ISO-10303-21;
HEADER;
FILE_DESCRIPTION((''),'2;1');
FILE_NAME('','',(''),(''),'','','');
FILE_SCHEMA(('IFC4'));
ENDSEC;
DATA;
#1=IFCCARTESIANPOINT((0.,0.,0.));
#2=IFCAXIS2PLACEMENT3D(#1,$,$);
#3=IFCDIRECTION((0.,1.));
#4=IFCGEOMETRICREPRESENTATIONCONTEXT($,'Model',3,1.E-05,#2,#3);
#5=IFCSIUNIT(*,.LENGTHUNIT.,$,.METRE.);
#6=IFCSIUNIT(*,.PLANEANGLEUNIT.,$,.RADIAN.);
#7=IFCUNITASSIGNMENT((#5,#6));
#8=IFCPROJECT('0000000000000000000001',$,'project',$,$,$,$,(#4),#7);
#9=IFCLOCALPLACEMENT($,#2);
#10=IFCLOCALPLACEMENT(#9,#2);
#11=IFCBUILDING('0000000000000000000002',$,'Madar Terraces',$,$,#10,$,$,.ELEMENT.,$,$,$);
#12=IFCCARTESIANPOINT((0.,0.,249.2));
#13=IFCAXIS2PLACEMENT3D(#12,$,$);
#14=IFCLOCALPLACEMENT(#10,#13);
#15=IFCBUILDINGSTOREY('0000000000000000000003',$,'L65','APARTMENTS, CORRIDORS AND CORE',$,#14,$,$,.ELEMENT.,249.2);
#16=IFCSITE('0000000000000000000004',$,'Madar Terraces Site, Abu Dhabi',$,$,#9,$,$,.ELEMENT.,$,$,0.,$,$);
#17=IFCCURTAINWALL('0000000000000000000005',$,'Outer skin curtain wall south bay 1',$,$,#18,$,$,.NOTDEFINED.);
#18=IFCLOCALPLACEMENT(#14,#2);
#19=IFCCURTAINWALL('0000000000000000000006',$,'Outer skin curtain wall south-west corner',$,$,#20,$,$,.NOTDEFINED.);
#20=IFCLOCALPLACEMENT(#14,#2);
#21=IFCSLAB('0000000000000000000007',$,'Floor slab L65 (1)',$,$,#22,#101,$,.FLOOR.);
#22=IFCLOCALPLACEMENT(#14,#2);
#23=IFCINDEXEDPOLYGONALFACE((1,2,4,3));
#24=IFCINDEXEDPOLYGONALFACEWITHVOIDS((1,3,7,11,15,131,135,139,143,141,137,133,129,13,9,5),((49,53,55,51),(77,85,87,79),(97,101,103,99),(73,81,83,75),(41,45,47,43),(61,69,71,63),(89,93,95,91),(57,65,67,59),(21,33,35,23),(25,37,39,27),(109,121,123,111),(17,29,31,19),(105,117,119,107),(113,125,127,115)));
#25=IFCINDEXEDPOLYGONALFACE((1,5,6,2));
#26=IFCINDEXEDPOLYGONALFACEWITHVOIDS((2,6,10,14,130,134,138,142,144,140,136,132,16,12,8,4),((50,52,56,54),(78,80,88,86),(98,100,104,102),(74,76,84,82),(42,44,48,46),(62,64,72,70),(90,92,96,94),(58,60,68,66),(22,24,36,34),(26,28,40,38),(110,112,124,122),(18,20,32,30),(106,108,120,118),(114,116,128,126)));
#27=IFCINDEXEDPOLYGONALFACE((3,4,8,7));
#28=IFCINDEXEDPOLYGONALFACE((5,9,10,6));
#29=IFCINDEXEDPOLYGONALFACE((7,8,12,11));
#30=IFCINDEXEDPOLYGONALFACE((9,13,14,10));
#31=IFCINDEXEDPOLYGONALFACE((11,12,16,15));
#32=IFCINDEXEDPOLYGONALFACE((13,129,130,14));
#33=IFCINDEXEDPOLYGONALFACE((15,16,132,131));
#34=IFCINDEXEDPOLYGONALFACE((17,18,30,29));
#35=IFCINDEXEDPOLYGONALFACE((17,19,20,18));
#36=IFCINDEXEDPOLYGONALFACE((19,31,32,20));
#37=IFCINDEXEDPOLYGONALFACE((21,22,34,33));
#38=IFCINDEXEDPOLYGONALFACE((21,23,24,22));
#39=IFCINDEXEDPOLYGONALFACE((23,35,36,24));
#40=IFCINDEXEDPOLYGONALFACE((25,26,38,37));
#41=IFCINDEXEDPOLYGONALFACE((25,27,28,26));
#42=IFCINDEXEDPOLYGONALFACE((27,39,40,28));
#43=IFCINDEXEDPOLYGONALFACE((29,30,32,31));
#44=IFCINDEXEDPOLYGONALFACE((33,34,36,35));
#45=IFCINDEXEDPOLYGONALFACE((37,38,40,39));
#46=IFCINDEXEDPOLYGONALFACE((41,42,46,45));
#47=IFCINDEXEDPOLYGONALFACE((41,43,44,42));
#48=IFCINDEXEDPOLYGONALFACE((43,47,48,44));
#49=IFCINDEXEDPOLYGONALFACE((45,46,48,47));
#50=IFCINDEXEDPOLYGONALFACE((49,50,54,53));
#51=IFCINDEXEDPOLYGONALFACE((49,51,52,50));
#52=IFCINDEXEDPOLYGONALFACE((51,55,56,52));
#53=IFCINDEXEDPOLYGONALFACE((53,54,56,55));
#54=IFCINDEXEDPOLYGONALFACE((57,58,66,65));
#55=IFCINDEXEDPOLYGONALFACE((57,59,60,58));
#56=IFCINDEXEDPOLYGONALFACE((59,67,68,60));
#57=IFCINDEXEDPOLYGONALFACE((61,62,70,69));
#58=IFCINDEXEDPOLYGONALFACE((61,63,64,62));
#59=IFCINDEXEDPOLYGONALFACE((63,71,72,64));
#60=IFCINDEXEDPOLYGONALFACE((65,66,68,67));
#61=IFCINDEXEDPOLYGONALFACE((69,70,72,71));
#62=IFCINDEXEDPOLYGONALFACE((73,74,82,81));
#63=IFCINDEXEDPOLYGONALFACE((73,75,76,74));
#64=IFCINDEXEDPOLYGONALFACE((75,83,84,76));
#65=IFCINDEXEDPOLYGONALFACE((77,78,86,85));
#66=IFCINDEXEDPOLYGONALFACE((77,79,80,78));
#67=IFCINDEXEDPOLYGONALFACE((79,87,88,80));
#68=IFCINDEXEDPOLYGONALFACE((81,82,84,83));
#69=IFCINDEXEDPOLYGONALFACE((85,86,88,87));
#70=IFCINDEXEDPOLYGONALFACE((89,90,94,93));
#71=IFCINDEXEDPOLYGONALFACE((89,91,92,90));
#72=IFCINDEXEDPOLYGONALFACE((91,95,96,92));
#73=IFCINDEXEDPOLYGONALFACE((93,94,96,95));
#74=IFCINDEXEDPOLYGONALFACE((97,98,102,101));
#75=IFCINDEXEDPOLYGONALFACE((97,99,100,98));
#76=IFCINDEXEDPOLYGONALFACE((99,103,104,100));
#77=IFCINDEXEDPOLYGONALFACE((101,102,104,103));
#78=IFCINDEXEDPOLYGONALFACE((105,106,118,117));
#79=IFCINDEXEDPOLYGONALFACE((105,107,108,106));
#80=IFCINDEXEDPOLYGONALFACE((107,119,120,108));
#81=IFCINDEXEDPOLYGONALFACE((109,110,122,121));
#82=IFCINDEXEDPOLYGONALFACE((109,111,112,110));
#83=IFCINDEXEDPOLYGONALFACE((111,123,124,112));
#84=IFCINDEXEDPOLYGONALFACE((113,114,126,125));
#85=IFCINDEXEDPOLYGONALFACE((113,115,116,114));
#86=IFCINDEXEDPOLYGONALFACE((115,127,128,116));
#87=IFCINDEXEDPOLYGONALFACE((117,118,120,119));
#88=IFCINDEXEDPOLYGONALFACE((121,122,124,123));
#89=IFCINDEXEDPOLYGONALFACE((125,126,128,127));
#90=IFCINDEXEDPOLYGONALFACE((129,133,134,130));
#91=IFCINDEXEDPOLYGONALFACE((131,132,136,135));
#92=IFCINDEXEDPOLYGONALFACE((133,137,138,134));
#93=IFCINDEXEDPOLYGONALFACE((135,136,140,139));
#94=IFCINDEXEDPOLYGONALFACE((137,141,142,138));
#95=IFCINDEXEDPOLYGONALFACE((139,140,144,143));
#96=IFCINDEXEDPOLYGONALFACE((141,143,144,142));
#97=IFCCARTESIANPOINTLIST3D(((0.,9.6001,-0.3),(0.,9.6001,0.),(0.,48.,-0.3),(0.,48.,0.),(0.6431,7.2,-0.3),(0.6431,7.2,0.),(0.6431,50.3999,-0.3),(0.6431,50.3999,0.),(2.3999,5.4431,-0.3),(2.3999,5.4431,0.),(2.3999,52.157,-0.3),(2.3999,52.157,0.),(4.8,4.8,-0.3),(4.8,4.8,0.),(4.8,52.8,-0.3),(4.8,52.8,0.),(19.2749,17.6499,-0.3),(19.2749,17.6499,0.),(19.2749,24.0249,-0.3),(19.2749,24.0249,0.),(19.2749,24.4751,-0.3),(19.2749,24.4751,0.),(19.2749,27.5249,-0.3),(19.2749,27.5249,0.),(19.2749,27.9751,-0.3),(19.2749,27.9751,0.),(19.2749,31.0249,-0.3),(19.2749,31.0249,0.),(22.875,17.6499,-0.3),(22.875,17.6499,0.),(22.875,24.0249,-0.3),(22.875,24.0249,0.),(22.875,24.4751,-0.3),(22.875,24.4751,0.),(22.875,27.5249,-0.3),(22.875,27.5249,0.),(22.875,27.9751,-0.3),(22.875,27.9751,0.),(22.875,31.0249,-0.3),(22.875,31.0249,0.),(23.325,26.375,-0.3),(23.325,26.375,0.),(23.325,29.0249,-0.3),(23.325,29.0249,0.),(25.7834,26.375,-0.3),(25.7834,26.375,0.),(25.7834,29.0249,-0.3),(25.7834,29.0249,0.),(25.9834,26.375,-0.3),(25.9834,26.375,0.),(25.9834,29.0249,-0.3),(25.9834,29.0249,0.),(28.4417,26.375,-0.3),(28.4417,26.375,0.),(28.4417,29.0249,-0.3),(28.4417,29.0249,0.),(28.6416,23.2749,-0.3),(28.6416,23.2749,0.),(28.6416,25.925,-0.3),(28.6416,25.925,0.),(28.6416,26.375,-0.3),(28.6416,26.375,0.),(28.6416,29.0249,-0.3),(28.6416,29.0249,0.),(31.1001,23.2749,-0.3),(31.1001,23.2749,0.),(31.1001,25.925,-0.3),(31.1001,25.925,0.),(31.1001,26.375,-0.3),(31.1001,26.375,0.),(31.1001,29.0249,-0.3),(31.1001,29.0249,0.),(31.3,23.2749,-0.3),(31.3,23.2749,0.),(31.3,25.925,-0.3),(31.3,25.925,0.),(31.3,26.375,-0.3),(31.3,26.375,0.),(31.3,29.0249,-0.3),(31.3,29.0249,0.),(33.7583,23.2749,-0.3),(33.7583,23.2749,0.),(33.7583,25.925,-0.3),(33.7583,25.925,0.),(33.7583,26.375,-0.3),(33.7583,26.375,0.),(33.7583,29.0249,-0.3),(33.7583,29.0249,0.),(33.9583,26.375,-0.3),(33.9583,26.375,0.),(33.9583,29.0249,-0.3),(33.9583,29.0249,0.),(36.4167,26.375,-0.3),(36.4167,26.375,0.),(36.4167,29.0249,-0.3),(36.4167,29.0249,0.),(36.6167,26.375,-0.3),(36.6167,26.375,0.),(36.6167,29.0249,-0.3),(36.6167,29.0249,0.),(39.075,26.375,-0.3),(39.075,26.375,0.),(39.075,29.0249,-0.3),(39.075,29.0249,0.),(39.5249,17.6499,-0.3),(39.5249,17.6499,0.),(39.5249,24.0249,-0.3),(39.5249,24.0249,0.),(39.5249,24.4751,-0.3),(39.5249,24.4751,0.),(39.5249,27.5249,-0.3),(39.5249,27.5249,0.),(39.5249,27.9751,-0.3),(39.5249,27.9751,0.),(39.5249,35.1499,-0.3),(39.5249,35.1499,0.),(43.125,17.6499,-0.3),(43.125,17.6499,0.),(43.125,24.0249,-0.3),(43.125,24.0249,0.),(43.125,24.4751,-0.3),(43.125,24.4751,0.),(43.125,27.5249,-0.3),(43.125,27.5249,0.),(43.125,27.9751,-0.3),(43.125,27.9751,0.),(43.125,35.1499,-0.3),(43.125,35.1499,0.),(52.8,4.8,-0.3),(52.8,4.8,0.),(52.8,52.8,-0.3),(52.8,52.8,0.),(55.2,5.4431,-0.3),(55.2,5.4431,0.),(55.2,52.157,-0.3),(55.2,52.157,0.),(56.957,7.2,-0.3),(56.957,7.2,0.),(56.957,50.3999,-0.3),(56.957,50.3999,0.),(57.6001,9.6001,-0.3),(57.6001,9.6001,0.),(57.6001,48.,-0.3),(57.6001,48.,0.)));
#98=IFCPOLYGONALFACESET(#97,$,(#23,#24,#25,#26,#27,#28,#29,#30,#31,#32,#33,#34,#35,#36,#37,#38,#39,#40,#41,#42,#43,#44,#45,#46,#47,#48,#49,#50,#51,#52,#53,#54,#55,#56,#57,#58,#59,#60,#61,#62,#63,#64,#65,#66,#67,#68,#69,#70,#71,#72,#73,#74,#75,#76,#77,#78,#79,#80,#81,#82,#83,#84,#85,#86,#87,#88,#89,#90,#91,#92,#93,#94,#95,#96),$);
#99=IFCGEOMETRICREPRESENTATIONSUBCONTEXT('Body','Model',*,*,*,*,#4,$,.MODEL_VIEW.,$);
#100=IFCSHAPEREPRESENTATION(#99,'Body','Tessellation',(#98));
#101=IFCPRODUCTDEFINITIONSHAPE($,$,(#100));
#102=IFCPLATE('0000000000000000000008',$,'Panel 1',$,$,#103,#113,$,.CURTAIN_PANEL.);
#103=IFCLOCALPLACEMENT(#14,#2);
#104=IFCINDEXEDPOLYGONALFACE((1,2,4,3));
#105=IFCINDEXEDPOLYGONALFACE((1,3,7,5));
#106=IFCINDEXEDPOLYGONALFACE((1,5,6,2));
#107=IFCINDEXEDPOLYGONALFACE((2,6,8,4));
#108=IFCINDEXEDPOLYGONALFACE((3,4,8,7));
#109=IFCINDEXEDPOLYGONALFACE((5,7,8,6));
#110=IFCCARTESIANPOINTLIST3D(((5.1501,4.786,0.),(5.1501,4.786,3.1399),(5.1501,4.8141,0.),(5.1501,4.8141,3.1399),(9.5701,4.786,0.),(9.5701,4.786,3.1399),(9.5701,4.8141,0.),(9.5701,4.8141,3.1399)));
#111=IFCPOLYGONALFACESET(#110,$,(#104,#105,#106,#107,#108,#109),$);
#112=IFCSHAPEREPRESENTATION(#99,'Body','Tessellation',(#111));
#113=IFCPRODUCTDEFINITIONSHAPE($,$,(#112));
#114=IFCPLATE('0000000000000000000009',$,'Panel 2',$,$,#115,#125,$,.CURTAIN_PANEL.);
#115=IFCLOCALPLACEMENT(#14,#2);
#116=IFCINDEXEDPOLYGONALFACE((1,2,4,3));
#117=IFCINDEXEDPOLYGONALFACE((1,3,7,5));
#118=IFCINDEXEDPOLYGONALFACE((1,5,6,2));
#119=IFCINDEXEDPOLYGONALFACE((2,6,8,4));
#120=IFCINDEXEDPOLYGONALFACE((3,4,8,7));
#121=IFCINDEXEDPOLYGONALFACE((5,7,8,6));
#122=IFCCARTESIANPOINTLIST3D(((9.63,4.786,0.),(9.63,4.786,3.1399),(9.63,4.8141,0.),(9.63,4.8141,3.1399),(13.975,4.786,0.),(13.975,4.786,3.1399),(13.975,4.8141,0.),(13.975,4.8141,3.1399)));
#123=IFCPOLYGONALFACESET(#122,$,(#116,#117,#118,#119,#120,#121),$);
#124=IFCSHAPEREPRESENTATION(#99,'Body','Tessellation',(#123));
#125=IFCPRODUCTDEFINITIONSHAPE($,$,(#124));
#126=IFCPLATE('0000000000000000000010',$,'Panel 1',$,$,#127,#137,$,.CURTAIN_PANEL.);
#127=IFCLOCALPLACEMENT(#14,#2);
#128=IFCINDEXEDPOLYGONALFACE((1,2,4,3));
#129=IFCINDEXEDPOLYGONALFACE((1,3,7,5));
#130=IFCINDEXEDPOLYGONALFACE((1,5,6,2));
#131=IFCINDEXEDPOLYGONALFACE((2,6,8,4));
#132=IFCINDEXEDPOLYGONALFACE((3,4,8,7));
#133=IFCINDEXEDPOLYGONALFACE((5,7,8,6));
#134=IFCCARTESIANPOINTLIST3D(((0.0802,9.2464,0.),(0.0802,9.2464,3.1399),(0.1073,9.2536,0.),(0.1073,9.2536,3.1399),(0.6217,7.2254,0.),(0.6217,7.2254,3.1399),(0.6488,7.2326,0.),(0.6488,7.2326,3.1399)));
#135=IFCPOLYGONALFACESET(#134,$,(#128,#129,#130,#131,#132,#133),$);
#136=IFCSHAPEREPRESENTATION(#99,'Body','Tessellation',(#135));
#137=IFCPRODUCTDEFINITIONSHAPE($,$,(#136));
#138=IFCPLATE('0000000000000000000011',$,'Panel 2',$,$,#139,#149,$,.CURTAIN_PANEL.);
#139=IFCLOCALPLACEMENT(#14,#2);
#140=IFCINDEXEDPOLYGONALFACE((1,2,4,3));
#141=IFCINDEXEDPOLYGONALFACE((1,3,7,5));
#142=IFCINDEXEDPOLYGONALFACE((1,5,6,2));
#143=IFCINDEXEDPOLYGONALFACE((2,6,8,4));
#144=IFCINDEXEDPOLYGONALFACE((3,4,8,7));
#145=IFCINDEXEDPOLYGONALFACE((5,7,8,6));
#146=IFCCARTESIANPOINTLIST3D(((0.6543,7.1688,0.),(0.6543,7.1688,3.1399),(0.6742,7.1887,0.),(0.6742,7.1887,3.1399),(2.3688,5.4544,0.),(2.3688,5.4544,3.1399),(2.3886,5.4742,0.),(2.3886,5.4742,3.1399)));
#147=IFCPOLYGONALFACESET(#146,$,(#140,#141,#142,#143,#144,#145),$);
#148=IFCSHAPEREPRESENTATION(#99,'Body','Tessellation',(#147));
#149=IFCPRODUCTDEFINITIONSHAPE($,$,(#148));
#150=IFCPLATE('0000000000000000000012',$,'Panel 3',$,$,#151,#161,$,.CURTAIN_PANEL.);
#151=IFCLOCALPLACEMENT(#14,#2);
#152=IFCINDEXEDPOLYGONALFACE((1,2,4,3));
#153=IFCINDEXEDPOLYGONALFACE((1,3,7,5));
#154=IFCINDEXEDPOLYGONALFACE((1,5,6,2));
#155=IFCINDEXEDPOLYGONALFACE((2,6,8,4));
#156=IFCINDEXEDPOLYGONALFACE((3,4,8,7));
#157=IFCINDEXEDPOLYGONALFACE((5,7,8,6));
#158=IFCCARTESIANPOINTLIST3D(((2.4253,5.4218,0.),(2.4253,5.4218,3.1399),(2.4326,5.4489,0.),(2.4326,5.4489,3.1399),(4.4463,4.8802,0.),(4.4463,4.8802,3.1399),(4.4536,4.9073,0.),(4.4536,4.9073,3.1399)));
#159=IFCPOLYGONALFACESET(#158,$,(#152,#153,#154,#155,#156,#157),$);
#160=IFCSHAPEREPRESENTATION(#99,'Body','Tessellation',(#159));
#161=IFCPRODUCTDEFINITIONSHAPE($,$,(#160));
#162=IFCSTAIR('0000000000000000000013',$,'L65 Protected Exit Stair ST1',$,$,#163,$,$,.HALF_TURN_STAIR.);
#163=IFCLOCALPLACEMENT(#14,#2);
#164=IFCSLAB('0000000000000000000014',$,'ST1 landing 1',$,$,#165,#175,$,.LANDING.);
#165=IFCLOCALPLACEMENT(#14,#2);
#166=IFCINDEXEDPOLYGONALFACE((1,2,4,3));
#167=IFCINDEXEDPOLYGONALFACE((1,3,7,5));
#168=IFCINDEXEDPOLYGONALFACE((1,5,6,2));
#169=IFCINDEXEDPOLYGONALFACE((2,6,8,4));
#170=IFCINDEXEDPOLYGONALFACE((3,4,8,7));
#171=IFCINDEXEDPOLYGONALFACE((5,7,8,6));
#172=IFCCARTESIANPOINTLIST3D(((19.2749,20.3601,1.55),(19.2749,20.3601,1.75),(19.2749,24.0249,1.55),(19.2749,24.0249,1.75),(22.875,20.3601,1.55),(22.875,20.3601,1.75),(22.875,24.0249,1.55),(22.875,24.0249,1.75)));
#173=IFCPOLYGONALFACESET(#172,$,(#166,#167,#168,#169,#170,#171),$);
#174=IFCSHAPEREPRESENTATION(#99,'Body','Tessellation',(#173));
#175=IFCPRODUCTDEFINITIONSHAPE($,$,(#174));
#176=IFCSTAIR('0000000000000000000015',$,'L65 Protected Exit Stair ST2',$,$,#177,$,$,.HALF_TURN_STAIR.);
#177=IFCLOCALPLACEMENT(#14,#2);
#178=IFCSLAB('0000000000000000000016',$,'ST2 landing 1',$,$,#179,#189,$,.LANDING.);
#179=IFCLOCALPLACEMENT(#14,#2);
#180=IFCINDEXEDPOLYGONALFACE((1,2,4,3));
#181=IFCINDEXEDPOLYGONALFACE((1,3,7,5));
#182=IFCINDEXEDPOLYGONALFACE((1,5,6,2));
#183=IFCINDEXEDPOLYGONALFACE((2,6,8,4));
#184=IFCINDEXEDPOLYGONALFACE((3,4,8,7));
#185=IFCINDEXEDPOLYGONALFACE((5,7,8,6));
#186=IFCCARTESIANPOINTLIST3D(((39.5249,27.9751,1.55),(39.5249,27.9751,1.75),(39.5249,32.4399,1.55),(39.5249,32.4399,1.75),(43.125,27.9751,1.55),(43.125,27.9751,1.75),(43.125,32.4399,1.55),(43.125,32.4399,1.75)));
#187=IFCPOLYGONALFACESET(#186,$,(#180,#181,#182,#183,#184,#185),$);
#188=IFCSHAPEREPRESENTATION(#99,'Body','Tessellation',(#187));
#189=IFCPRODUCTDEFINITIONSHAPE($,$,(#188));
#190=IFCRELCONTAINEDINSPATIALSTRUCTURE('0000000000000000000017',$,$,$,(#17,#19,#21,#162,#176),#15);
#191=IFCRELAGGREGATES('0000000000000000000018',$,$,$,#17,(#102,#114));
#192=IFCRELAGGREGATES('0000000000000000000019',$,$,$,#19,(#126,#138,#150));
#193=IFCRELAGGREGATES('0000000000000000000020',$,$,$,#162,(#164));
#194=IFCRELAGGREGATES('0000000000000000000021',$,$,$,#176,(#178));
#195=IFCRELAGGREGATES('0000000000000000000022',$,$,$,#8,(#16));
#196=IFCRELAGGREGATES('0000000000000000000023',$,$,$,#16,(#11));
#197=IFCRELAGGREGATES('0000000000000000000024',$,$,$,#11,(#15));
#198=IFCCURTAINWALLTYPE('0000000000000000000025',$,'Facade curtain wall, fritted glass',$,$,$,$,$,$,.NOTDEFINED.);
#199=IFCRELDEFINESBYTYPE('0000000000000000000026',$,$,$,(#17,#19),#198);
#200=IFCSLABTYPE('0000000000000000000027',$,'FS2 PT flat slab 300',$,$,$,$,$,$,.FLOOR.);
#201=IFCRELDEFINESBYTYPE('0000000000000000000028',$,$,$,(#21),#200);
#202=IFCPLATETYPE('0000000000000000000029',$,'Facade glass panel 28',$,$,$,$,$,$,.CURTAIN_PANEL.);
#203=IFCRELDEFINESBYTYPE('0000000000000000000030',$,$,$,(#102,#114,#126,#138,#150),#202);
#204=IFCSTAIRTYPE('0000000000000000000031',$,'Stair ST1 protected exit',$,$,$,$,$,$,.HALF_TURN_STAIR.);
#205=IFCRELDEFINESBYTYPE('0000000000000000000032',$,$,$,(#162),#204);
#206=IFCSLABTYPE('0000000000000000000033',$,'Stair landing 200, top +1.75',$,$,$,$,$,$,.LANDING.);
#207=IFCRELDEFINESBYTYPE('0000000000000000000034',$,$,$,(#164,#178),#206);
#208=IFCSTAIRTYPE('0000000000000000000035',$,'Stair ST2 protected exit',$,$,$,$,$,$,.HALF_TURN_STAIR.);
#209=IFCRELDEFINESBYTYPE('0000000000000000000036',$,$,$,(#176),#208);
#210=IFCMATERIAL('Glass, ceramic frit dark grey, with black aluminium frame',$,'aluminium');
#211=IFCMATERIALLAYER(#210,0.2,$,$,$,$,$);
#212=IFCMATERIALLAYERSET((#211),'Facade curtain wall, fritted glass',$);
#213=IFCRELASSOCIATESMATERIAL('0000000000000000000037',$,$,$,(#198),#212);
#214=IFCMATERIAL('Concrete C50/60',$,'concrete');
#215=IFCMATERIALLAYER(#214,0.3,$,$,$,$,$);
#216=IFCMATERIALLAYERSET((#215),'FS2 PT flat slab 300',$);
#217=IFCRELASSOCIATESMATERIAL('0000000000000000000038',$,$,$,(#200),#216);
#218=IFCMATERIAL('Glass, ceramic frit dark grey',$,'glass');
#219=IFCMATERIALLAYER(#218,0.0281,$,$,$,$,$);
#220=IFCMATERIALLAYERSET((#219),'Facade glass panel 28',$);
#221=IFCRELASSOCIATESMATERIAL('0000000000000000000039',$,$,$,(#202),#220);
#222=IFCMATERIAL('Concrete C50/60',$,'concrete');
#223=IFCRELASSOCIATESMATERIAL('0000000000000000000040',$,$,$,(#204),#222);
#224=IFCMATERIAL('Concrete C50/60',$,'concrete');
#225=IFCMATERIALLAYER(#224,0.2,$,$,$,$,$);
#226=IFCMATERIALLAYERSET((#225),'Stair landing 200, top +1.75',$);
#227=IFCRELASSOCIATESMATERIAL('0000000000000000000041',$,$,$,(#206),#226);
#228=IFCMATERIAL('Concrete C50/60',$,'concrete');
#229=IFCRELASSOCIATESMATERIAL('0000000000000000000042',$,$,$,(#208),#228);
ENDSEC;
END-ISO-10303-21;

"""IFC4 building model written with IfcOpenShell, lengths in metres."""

from ifc_helpers import new_model, si_unit, direction, frame, origin, origin_2d, place, context, subcontext, project, spatial, polyline, rectangle, outline, extrude, material, layer, layer_set, type_object, element, aggregate, save


model = new_model("IFC4")

# Units and contexts
model_context = context("Model", 3, precision=1e-05, world=origin(), true_north=direction((0.0, 1.0)))
body_context = subcontext(model_context, "Body", "Model", "MODEL_VIEW")
ifc_project = project(units=[si_unit("LENGTHUNIT", "METRE"), si_unit("PLANEANGLEUNIT", "RADIAN")], contexts=[model_context])

# Site, building, storey
site_placement = place(None, origin())
site = spatial("IfcSite", under=ifc_project, at=site_placement, Name="Madar Terraces Site, Abu Dhabi", CompositionType="ELEMENT", RefElevation=0.0)
building_placement = place(site_placement, origin())
building = spatial("IfcBuilding", under=site, at=building_placement, Name="Madar Terraces", CompositionType="ELEMENT")
storey_placement = place(building_placement, frame((0.0, 0.0, 249.2)))
storey = spatial("IfcBuildingStorey", under=building, at=storey_placement, Name="L65", Description="APARTMENTS, CORRIDORS AND CORE", CompositionType="ELEMENT", Elevation=249.2)

# Curtain wall
ifc_material_1 = material(Name="Glass, ceramic frit dark grey, with black aluminium frame", Category="aluminium")
ifc_layer_1 = layer(ifc_material_1, 0.2)
ifc_layer_set_1 = layer_set([ifc_layer_1], Name="Facade curtain wall, fritted glass")
curtain_wall_type = type_object("IfcCurtainWallType", Name="Facade curtain wall, fritted glass", PredefinedType="NOTDEFINED", material=ifc_layer_set_1)
curtain_wall_1_placement = place(storey_placement, origin())
curtain_wall_1 = element("IfcCurtainWall", 1, at=curtain_wall_1_placement, inside=storey, type_object=curtain_wall_type, Name="Outer skin curtain wall south bay 1", PredefinedType="NOTDEFINED")

# Curtain wall
curtain_wall_2_placement = place(storey_placement, origin())
curtain_wall_2 = element("IfcCurtainWall", 2, at=curtain_wall_2_placement, inside=storey, type_object=curtain_wall_type, Name="Outer skin curtain wall south-west corner", PredefinedType="NOTDEFINED")

# Slab
ifc_material_2 = material(Name="Concrete C50/60", Category="concrete")
ifc_layer_2 = layer(ifc_material_2, 0.3)
ifc_layer_set_2 = layer_set([ifc_layer_2], Name="FS2 PT flat slab 300")
slab_type_1 = type_object("IfcSlabType", Name="FS2 PT flat slab 300", PredefinedType="FLOOR", material=ifc_layer_set_2)
slab_1_placement = place(storey_placement, frame((0.0, 0.0, -0.3)))
element("IfcSlab", 3, at=slab_1_placement, inside=storey, type_object=slab_type_1, Name="Floor slab L65 (1)", PredefinedType="FLOOR", context=body_context, shape_type="SweptSolid", body=[
    extrude(outline(polyline([(52.8, 4.8), (55.2, 5.4431), (56.957, 7.2), (57.6001, 9.6001), (57.6001, 48.0), (56.957, 50.3999), (55.2, 52.157), (52.8, 52.8), (4.8, 52.8), (2.3999, 52.157), (0.6431, 50.3999), (0.0, 48.0), (0.0, 9.6001), (0.6431, 7.2), (2.3999, 5.4431), (4.8, 4.8), (52.8, 4.8)]), holes=[polyline([(22.875, 17.6499), (19.2749, 17.6499), (19.2749, 24.0249), (22.875, 24.0249), (22.875, 17.6499)]), polyline([(28.6416, 23.2749), (28.6416, 25.925), (31.1001, 25.925), (31.1001, 23.2749), (28.6416, 23.2749)]), polyline([(19.2749, 24.4751), (19.2749, 27.5249), (22.875, 27.5249), (22.875, 24.4751), (19.2749, 24.4751)]), polyline([(23.325, 26.375), (23.325, 29.0249), (25.7834, 29.0249), (25.7834, 26.375), (23.325, 26.375)]), polyline([(25.9834, 26.375), (25.9834, 29.0249), (28.4417, 29.0249), (28.4417, 26.375), (25.9834, 26.375)]), polyline([(28.6416, 26.375), (28.6416, 29.0249), (31.1001, 29.0249), (31.1001, 26.375), (28.6416, 26.375)]), polyline([(19.2749, 27.9751), (19.2749, 31.0249), (22.875, 31.0249), (22.875, 27.9751), (19.2749, 27.9751)]), polyline([(43.125, 17.6499), (39.5249, 17.6499), (39.5249, 24.0249), (43.125, 24.0249), (43.125, 17.6499)]), polyline([(31.3, 23.2749), (31.3, 25.925), (33.7583, 25.925), (33.7583, 23.2749), (31.3, 23.2749)]), polyline([(39.5249, 24.4751), (39.5249, 27.5249), (43.125, 27.5249), (43.125, 24.4751), (39.5249, 24.4751)]), polyline([(31.3, 26.375), (31.3, 29.0249), (33.7583, 29.0249), (33.7583, 26.375), (31.3, 26.375)]), polyline([(33.9583, 26.375), (33.9583, 29.0249), (36.4167, 29.0249), (36.4167, 26.375), (33.9583, 26.375)]), polyline([(36.6167, 26.375), (36.6167, 29.0249), (39.075, 29.0249), (39.075, 26.375), (36.6167, 26.375)]), polyline([(39.5249, 27.9751), (39.5249, 35.1499), (43.125, 35.1499), (43.125, 27.9751), (39.5249, 27.9751)])]), origin(), (0.0, 0.0, 1.0), 0.3),
])

# Plates
ifc_material_3 = material(Name="Glass, ceramic frit dark grey", Category="glass")
ifc_layer_3 = layer(ifc_material_3, 0.0281)
ifc_layer_set_3 = layer_set([ifc_layer_3], Name="Facade glass panel 28")
plate_type = type_object("IfcPlateType", Name="Facade glass panel 28", PredefinedType="CURTAIN_PANEL", material=ifc_layer_set_3)
plate_1_placement = place(storey_placement, frame((7.3601, 4.8, 0.0), z_axis=(0.0, 0.0, 1.0), x_axis=(1.0, 0.0, 0.0)))
plate_1 = element("IfcPlate", 4, at=plate_1_placement, type_object=plate_type, Name="Panel 1", PredefinedType="CURTAIN_PANEL", context=body_context, shape_type="SweptSolid", body=[
    extrude(rectangle(XDim=4.4199, YDim=0.0281, at=origin_2d()), origin(), (0.0, 0.0, 1.0), 3.1399),
])
plate_2_placement = place(storey_placement, frame((11.8025, 4.8, 0.0), z_axis=(0.0, 0.0, 1.0), x_axis=(1.0, 0.0, 0.0)))
plate_2 = element("IfcPlate", 5, at=plate_2_placement, type_object=plate_type, Name="Panel 2", PredefinedType="CURTAIN_PANEL", context=body_context, shape_type="SweptSolid", body=[
    extrude(rectangle(XDim=4.345, YDim=0.0281, at=origin_2d()), origin(), (0.0, 0.0, 1.0), 3.1399),
])
aggregate(curtain_wall_1, [plate_1, plate_2])
plate_3_placement = place(storey_placement, frame((0.3645, 8.2395, 0.0), z_axis=(0.0, 0.0, 1.0), x_axis=(0.258819, -0.965926, 0.0)))
plate_3 = element("IfcPlate", 6, at=plate_3_placement, type_object=plate_type, Name="Panel 1", PredefinedType="CURTAIN_PANEL", context=body_context, shape_type="SweptSolid", body=[
    extrude(rectangle(XDim=2.0923, YDim=0.0281, at=origin_2d()), origin(), (0.0, 0.0, 1.0), 3.1399),
])
plate_4_placement = place(storey_placement, frame((1.5215, 6.3215, 0.0), z_axis=(0.0, 0.0, 1.0), x_axis=(0.707107, -0.707107, 0.0)))
plate_4 = element("IfcPlate", 7, at=plate_4_placement, type_object=plate_type, Name="Panel 2", PredefinedType="CURTAIN_PANEL", context=body_context, shape_type="SweptSolid", body=[
    extrude(rectangle(XDim=2.4246, YDim=0.0281, at=origin_2d()), origin(), (0.0, 0.0, 1.0), 3.1399),
])
plate_5_placement = place(storey_placement, frame((3.4395, 5.1646, 0.0), z_axis=(0.0, 0.0, 1.0), x_axis=(0.965926, -0.258819, 0.0)))
plate_5 = element("IfcPlate", 8, at=plate_5_placement, type_object=plate_type, Name="Panel 3", PredefinedType="CURTAIN_PANEL", context=body_context, shape_type="SweptSolid", body=[
    extrude(rectangle(XDim=2.0923, YDim=0.0281, at=origin_2d()), origin(), (0.0, 0.0, 1.0), 3.1399),
])
aggregate(curtain_wall_2, [plate_3, plate_4, plate_5])

# Stairs, slabs
ifc_material_4 = material(Name="Concrete C50/60", Category="concrete")
stair_type_1 = type_object("IfcStairType", Name="Stair ST1 protected exit", PredefinedType="HALF_TURN_STAIR", material=ifc_material_4)
stair_1_placement = place(storey_placement, origin())
stair_1 = element("IfcStair", 9, at=stair_1_placement, inside=storey, type_object=stair_type_1, Name="L65 Protected Exit Stair ST1", PredefinedType="HALF_TURN_STAIR")
ifc_material_5 = material(Name="Concrete C50/60", Category="concrete")
ifc_layer_4 = layer(ifc_material_5, 0.2)
ifc_layer_set_4 = layer_set([ifc_layer_4], Name="Stair landing 200, top +1.75")
slab_type_2 = type_object("IfcSlabType", Name="Stair landing 200, top +1.75", PredefinedType="LANDING", material=ifc_layer_set_4)
slab_2_placement = place(storey_placement, frame((0.0, 0.0, 1.55)))
slab_2 = element("IfcSlab", 10, at=slab_2_placement, type_object=slab_type_2, Name="ST1 landing 1", PredefinedType="LANDING", context=body_context, shape_type="SweptSolid", body=[
    extrude(outline(polyline([(19.2749, 20.3601), (22.875, 20.3601), (22.875, 24.0249), (19.2749, 24.0249), (19.2749, 20.3601)])), origin(), (0.0, 0.0, 1.0), 0.2),
])
aggregate(stair_1, [slab_2])
ifc_material_6 = material(Name="Concrete C50/60", Category="concrete")
stair_type_2 = type_object("IfcStairType", Name="Stair ST2 protected exit", PredefinedType="HALF_TURN_STAIR", material=ifc_material_6)
stair_2_placement = place(storey_placement, origin())
stair_2 = element("IfcStair", 11, at=stair_2_placement, inside=storey, type_object=stair_type_2, Name="L65 Protected Exit Stair ST2", PredefinedType="HALF_TURN_STAIR")
slab_3_placement = place(storey_placement, frame((0.0, 0.0, 1.55)))
slab_3 = element("IfcSlab", 12, at=slab_3_placement, type_object=slab_type_2, Name="ST2 landing 1", PredefinedType="LANDING", context=body_context, shape_type="SweptSolid", body=[
    extrude(outline(polyline([(39.5249, 27.9751), (43.125, 27.9751), (43.125, 32.4399), (39.5249, 32.4399), (39.5249, 27.9751)])), origin(), (0.0, 0.0, 1.0), 0.2),
])
aggregate(stair_2, [slab_3])

save(model, "model.ifc")
